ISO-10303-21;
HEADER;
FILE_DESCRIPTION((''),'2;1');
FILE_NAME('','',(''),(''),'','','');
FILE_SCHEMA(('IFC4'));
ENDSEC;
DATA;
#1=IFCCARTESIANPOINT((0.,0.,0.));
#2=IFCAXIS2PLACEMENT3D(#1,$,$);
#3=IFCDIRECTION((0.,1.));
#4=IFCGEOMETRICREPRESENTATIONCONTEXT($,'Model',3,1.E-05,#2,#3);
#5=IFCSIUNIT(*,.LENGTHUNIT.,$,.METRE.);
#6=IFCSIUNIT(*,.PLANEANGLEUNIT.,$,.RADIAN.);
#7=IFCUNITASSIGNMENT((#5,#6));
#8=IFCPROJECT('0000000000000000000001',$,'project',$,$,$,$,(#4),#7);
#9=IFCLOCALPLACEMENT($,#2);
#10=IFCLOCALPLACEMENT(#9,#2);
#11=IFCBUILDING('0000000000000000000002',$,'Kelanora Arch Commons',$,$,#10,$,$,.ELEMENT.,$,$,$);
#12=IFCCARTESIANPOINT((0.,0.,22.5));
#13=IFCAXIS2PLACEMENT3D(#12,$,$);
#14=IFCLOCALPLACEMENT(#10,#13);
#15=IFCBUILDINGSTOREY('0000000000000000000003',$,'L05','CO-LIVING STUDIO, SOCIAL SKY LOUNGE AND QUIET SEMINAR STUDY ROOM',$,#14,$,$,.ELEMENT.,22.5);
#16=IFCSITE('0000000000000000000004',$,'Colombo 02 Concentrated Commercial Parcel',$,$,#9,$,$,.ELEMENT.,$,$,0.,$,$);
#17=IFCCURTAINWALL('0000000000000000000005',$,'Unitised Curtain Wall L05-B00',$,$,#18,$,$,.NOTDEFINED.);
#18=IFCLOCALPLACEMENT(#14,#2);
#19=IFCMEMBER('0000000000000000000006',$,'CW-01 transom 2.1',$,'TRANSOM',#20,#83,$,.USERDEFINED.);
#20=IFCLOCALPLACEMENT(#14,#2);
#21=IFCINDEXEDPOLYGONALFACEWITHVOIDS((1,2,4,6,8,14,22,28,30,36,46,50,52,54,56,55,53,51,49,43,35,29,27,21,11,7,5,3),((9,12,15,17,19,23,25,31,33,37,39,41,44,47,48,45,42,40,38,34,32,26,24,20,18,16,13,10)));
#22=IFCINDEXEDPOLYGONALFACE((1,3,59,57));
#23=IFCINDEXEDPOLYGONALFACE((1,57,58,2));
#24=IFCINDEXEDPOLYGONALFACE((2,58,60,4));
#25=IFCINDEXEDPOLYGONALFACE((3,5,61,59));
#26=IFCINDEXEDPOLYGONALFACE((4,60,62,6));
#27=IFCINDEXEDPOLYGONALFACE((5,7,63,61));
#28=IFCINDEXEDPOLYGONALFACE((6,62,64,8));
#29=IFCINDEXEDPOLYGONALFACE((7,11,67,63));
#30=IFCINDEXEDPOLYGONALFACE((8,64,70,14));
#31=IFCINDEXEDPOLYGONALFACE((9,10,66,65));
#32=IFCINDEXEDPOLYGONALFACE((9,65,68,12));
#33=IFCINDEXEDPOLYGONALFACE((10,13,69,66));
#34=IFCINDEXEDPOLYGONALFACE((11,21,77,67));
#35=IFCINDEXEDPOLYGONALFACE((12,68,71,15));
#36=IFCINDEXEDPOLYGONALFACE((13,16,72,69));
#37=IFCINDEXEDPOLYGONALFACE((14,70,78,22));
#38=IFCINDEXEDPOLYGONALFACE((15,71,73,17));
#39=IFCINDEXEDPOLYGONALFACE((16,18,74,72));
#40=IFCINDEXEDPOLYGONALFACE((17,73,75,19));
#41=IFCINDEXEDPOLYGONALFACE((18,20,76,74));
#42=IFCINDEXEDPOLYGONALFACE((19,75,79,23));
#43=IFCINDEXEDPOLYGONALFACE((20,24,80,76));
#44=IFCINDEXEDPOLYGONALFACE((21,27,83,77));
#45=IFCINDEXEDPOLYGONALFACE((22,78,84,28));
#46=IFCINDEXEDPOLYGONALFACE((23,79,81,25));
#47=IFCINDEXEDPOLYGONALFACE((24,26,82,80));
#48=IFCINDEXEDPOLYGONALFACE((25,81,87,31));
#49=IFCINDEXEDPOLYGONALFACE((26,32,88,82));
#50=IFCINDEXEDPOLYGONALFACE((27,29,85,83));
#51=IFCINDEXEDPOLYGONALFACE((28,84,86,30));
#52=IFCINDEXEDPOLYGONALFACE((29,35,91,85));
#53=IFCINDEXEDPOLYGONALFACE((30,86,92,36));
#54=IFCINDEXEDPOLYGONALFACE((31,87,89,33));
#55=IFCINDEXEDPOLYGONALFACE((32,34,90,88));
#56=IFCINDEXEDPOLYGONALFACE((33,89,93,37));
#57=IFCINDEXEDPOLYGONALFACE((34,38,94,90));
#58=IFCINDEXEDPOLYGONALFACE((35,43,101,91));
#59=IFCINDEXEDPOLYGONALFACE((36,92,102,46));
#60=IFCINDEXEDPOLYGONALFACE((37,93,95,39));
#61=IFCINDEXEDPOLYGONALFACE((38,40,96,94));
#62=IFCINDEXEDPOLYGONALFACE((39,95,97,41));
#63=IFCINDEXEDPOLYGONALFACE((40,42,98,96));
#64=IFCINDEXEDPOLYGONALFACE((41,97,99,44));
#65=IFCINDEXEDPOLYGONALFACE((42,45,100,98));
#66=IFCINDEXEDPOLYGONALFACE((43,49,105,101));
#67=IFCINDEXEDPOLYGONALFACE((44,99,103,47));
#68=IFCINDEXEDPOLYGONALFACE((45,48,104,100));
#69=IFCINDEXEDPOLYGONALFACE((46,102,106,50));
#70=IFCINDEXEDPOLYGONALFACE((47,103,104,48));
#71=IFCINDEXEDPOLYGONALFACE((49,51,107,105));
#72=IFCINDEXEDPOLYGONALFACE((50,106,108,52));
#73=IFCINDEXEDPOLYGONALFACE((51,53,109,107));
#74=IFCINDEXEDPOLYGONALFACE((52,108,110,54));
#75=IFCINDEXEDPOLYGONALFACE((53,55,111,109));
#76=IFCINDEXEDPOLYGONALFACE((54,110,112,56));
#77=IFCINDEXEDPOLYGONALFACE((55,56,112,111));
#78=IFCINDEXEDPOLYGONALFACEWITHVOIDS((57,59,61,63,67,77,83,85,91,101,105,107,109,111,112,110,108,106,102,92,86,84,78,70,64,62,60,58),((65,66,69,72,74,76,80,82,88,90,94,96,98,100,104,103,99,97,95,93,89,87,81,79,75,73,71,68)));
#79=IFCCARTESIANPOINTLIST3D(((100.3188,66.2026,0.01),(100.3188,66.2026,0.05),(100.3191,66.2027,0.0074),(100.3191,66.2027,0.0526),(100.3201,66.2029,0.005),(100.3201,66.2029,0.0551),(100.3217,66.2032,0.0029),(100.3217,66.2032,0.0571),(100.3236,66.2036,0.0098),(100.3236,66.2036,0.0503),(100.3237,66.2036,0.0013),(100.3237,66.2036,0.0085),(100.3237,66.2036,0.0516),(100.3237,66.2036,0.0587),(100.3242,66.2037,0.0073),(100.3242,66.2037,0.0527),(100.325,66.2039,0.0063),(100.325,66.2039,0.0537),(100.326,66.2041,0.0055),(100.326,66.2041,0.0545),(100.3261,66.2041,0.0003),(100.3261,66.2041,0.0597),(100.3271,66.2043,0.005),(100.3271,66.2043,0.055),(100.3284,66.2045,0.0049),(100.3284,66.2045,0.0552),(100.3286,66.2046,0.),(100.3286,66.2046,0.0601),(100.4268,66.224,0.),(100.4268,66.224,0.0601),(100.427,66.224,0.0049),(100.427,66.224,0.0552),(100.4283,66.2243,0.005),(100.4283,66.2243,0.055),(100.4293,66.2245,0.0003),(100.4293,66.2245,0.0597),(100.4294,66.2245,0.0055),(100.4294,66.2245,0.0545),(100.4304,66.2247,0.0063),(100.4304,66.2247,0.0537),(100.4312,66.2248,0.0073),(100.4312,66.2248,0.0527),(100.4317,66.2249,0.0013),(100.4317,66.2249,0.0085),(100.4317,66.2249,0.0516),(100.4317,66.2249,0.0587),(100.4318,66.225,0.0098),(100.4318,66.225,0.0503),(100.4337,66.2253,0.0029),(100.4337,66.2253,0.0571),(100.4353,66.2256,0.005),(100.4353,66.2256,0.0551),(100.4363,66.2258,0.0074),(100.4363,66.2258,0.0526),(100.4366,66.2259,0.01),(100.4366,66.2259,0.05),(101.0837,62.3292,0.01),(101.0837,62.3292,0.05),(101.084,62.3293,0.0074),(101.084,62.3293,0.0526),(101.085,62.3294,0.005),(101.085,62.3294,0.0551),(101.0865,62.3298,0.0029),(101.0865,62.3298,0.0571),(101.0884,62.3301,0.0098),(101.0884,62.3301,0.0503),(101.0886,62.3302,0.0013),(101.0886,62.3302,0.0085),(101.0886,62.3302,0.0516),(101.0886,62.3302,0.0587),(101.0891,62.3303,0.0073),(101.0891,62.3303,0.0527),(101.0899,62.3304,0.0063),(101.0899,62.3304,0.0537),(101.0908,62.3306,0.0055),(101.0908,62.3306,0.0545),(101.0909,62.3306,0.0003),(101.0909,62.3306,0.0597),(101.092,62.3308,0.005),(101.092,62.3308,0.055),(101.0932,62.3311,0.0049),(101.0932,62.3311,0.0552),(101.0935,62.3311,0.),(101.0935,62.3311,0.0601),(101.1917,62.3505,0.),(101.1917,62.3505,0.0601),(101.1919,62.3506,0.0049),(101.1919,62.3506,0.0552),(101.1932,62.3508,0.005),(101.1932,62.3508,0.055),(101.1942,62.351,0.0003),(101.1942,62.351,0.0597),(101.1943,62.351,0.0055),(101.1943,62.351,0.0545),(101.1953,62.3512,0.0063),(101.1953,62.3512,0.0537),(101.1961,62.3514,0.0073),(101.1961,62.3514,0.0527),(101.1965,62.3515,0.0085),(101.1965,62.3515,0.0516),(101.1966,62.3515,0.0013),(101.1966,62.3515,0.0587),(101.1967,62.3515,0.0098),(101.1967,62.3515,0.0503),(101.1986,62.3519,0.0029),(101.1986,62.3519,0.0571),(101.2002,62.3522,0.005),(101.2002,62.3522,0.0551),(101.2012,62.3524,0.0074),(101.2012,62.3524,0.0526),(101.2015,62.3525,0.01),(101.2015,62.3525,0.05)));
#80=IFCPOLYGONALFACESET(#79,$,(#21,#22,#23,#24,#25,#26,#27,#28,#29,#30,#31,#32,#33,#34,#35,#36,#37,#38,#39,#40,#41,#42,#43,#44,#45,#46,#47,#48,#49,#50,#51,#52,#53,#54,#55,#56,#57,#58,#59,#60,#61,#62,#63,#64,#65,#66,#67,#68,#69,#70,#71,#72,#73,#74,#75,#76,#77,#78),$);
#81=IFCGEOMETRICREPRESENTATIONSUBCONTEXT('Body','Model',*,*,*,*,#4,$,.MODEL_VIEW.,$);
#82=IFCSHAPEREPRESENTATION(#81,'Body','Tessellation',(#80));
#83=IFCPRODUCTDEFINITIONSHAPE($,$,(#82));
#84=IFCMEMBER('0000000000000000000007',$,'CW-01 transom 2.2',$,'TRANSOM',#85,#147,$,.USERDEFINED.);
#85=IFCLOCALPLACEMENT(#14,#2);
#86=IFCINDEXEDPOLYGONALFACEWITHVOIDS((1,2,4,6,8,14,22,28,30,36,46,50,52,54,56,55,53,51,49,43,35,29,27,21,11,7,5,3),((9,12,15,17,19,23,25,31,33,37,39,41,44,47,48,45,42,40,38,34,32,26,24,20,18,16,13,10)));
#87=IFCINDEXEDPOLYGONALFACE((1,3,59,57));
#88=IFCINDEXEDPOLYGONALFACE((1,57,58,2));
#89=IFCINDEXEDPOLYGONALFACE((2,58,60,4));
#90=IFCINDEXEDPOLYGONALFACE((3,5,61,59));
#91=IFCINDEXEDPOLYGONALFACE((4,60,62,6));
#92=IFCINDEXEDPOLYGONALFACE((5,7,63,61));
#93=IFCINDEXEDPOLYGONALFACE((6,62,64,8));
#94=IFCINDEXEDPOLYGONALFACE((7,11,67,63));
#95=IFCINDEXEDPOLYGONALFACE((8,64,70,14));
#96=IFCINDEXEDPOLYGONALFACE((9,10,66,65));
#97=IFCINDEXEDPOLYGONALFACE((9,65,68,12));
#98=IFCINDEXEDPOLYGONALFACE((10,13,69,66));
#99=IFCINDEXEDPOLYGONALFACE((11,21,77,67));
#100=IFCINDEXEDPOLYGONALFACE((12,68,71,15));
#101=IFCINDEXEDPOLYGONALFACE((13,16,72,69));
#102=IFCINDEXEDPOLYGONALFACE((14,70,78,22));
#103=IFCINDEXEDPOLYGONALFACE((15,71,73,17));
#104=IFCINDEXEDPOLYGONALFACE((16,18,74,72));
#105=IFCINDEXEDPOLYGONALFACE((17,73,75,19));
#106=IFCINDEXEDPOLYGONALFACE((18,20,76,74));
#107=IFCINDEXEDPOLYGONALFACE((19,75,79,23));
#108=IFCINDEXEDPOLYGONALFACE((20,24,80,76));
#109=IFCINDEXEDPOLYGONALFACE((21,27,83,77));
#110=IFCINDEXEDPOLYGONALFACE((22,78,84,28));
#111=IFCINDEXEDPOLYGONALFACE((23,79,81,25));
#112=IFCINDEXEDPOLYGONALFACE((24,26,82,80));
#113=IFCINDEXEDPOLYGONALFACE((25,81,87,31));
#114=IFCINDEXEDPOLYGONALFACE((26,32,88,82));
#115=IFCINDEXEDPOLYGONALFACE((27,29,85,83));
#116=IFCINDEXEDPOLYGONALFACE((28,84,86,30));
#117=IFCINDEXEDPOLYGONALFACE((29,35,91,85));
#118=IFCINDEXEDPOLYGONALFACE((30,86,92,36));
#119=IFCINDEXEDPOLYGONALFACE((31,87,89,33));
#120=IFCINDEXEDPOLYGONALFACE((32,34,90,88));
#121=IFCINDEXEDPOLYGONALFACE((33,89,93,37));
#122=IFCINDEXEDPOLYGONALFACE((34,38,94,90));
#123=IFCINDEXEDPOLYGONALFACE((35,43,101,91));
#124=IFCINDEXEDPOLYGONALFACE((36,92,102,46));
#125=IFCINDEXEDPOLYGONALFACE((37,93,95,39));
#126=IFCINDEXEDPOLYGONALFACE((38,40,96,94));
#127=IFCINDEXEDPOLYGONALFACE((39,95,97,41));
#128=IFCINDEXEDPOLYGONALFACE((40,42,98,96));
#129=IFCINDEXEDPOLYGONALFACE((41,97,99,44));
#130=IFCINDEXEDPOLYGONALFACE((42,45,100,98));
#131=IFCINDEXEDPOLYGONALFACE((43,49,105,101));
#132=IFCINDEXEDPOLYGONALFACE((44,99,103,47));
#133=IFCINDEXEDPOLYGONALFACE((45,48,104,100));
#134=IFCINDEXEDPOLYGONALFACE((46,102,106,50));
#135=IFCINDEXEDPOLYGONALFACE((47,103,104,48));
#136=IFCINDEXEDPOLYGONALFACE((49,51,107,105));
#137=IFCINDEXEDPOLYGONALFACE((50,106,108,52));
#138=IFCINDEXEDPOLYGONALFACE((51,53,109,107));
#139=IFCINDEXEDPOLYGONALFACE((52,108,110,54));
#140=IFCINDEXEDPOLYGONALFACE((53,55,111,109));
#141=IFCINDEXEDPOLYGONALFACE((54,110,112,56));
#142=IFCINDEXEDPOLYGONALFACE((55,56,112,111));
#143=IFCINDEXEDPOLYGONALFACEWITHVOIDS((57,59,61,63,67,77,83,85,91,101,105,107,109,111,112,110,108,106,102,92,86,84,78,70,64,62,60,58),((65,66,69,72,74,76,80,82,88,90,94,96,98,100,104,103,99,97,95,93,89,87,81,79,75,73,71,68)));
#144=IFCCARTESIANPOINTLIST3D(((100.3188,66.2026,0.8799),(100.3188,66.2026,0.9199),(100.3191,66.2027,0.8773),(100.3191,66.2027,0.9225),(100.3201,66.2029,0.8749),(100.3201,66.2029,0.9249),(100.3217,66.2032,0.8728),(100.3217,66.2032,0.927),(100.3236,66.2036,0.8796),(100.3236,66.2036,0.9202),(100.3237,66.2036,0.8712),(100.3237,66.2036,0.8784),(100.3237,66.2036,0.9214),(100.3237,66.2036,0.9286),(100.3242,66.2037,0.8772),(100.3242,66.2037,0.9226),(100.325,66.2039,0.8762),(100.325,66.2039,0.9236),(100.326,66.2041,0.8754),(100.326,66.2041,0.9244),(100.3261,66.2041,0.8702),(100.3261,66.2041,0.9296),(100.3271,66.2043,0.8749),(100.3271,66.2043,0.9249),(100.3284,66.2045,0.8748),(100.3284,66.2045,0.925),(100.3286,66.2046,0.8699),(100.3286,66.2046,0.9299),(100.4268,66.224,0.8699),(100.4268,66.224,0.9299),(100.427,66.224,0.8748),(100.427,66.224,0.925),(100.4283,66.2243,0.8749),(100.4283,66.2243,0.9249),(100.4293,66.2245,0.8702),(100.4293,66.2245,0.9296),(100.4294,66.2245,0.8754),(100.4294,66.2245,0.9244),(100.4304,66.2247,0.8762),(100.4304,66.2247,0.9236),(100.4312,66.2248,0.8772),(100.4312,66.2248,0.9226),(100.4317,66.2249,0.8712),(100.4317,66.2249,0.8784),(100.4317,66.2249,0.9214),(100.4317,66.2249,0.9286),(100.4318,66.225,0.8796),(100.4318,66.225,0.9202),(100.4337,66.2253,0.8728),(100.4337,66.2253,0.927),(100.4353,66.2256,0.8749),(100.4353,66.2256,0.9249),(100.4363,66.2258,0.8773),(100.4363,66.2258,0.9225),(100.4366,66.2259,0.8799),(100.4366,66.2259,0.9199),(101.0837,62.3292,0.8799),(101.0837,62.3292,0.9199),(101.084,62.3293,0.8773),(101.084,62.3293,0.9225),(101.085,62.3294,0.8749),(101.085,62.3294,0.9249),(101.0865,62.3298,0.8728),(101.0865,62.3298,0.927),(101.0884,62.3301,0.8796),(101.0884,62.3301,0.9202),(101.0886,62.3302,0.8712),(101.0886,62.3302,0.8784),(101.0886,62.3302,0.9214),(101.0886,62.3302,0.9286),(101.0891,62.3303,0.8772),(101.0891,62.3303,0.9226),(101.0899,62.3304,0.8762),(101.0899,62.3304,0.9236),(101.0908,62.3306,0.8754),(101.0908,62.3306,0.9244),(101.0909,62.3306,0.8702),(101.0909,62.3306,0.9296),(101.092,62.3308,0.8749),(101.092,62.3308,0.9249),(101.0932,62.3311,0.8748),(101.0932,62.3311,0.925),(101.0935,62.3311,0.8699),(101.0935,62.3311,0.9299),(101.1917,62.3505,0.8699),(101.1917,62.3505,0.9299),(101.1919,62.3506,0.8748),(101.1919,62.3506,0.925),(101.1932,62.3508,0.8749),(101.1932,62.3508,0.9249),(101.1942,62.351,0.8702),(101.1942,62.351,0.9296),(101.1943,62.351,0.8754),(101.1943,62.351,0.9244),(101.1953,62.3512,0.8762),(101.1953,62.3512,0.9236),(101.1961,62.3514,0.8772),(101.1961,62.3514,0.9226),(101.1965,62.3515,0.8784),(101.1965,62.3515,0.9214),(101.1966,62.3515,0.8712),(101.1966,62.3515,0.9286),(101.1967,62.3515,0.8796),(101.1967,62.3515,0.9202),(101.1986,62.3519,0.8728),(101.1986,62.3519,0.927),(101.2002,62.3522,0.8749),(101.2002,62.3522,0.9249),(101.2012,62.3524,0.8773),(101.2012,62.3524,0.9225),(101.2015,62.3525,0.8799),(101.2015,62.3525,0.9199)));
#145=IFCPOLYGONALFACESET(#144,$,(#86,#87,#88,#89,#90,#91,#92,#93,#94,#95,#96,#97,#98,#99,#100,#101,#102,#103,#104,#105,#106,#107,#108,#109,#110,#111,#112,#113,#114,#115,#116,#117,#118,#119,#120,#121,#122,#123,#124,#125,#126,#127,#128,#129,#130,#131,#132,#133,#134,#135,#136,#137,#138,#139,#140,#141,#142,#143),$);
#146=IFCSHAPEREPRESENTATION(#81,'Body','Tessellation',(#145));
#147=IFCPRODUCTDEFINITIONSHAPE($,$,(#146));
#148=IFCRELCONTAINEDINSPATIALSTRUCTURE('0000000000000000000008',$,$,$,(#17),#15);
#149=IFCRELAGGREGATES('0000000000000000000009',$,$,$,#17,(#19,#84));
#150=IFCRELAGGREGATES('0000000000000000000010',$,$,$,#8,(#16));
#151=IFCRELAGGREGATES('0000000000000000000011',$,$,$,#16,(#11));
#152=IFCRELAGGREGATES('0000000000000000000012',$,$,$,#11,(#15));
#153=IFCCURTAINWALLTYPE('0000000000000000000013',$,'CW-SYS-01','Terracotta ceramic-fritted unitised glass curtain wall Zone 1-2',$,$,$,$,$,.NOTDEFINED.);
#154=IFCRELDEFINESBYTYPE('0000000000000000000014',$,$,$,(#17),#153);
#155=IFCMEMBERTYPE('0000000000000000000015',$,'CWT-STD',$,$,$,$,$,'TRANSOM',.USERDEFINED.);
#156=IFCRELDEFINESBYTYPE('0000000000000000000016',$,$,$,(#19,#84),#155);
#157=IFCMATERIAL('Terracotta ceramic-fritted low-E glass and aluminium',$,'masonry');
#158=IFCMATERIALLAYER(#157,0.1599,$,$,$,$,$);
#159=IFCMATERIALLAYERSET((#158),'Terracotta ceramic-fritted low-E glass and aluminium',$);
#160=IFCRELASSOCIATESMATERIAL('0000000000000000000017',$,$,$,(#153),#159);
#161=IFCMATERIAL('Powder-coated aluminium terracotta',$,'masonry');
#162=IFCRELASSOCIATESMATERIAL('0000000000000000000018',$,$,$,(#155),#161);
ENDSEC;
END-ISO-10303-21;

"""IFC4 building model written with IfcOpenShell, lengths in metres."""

from ifc_helpers import new_model, si_unit, direction, frame, origin, origin_2d, place, context, subcontext, project, spatial, hollow_rectangle, extrude, material, layer, layer_set, material_profile, profile_set, type_object, element, aggregate, save


model = new_model("IFC4")

# Units and contexts
model_context = context("Model", 3, precision=1e-05, world=origin(), true_north=direction((0.0, 1.0)))
body_context = subcontext(model_context, "Body", "Model", "MODEL_VIEW")
ifc_project = project(units=[si_unit("LENGTHUNIT", "METRE"), si_unit("PLANEANGLEUNIT", "RADIAN")], contexts=[model_context])

# Site, building, storey
site_placement = place(None, origin())
site = spatial("IfcSite", under=ifc_project, at=site_placement, Name="Colombo 02 Concentrated Commercial Parcel", CompositionType="ELEMENT", RefElevation=0.0)
building_placement = place(site_placement, origin())
building = spatial("IfcBuilding", under=site, at=building_placement, Name="Kelanora Arch Commons", CompositionType="ELEMENT")
storey_placement = place(building_placement, frame((0.0, 0.0, 22.5)))
storey = spatial("IfcBuildingStorey", under=building, at=storey_placement, Name="L05", Description="CO-LIVING STUDIO, SOCIAL SKY LOUNGE AND QUIET SEMINAR STUDY ROOM", CompositionType="ELEMENT", Elevation=22.5)

# Curtain wall, members
ifc_material_1 = material(Name="Terracotta ceramic-fritted low-E glass and aluminium", Category="masonry")
ifc_layer_1 = layer(ifc_material_1, 0.1599)
ifc_layer_set_1 = layer_set([ifc_layer_1], Name="Terracotta ceramic-fritted low-E glass and aluminium")
curtain_wall_type = type_object("IfcCurtainWallType", Name="CW-SYS-01", Description="Terracotta ceramic-fritted unitised glass curtain wall Zone 1-2", PredefinedType="NOTDEFINED", material=ifc_layer_set_1)
curtain_wall_placement = place(storey_placement, origin())
curtain_wall = element("IfcCurtainWall", 1, at=curtain_wall_placement, inside=storey, type_object=curtain_wall_type, Name="Unitised Curtain Wall L05-B00", PredefinedType="NOTDEFINED")
ifc_material_2 = material(Name="Powder-coated aluminium terracotta", Category="masonry")
ifc_material_profile_1 = material_profile(ifc_material_2, hollow_rectangle(XDim=0.1201, YDim=0.0601, WallThickness=0.0049, InnerFilletRadius=0.0049, OuterFilletRadius=0.01, at=origin_2d()), Name="CWT120x60")
ifc_profile_set_1 = profile_set([ifc_material_profile_1], Name="Powder-coated aluminium terracotta")
member_type_1 = type_object("IfcMemberType", Name="CWT-STD", ElementType="TRANSOM", PredefinedType="USERDEFINED", material=ifc_profile_set_1)
member_1_placement = place(storey_placement, frame((101.1426, 62.3408, 0.03), z_axis=(-0.193725, 0.981056, 0.0), x_axis=(-0.981056, -0.193725, 0.0)))
member_1 = element("IfcMember", 2, at=member_1_placement, type_object=member_type_1, Name="CW-01 transom 2.1", ObjectType="TRANSOM", PredefinedType="USERDEFINED", context=body_context, shape_type="SweptSolid", body=[
    extrude(hollow_rectangle(XDim=0.1201, YDim=0.0601, WallThickness=0.0049, InnerFilletRadius=0.0049, OuterFilletRadius=0.01, at=origin_2d()), origin(), (0.0, 0.0, 1.0), 3.9482),
])
member_2_placement = place(storey_placement, frame((101.1426, 62.3408, 0.8999), z_axis=(-0.193725, 0.981056, 0.0), x_axis=(-0.981056, -0.193725, 0.0)))
member_2 = element("IfcMember", 3, at=member_2_placement, type_object=member_type_1, Name="CW-01 transom 2.2", ObjectType="TRANSOM", PredefinedType="USERDEFINED", context=body_context, shape_type="SweptSolid", body=[
    extrude(hollow_rectangle(XDim=0.1201, YDim=0.0601, WallThickness=0.0049, InnerFilletRadius=0.0049, OuterFilletRadius=0.01, at=origin_2d()), origin(), (0.0, 0.0, 1.0), 3.9482),
])
aggregate(curtain_wall, [member_1, member_2])

save(model, "model.ifc")
